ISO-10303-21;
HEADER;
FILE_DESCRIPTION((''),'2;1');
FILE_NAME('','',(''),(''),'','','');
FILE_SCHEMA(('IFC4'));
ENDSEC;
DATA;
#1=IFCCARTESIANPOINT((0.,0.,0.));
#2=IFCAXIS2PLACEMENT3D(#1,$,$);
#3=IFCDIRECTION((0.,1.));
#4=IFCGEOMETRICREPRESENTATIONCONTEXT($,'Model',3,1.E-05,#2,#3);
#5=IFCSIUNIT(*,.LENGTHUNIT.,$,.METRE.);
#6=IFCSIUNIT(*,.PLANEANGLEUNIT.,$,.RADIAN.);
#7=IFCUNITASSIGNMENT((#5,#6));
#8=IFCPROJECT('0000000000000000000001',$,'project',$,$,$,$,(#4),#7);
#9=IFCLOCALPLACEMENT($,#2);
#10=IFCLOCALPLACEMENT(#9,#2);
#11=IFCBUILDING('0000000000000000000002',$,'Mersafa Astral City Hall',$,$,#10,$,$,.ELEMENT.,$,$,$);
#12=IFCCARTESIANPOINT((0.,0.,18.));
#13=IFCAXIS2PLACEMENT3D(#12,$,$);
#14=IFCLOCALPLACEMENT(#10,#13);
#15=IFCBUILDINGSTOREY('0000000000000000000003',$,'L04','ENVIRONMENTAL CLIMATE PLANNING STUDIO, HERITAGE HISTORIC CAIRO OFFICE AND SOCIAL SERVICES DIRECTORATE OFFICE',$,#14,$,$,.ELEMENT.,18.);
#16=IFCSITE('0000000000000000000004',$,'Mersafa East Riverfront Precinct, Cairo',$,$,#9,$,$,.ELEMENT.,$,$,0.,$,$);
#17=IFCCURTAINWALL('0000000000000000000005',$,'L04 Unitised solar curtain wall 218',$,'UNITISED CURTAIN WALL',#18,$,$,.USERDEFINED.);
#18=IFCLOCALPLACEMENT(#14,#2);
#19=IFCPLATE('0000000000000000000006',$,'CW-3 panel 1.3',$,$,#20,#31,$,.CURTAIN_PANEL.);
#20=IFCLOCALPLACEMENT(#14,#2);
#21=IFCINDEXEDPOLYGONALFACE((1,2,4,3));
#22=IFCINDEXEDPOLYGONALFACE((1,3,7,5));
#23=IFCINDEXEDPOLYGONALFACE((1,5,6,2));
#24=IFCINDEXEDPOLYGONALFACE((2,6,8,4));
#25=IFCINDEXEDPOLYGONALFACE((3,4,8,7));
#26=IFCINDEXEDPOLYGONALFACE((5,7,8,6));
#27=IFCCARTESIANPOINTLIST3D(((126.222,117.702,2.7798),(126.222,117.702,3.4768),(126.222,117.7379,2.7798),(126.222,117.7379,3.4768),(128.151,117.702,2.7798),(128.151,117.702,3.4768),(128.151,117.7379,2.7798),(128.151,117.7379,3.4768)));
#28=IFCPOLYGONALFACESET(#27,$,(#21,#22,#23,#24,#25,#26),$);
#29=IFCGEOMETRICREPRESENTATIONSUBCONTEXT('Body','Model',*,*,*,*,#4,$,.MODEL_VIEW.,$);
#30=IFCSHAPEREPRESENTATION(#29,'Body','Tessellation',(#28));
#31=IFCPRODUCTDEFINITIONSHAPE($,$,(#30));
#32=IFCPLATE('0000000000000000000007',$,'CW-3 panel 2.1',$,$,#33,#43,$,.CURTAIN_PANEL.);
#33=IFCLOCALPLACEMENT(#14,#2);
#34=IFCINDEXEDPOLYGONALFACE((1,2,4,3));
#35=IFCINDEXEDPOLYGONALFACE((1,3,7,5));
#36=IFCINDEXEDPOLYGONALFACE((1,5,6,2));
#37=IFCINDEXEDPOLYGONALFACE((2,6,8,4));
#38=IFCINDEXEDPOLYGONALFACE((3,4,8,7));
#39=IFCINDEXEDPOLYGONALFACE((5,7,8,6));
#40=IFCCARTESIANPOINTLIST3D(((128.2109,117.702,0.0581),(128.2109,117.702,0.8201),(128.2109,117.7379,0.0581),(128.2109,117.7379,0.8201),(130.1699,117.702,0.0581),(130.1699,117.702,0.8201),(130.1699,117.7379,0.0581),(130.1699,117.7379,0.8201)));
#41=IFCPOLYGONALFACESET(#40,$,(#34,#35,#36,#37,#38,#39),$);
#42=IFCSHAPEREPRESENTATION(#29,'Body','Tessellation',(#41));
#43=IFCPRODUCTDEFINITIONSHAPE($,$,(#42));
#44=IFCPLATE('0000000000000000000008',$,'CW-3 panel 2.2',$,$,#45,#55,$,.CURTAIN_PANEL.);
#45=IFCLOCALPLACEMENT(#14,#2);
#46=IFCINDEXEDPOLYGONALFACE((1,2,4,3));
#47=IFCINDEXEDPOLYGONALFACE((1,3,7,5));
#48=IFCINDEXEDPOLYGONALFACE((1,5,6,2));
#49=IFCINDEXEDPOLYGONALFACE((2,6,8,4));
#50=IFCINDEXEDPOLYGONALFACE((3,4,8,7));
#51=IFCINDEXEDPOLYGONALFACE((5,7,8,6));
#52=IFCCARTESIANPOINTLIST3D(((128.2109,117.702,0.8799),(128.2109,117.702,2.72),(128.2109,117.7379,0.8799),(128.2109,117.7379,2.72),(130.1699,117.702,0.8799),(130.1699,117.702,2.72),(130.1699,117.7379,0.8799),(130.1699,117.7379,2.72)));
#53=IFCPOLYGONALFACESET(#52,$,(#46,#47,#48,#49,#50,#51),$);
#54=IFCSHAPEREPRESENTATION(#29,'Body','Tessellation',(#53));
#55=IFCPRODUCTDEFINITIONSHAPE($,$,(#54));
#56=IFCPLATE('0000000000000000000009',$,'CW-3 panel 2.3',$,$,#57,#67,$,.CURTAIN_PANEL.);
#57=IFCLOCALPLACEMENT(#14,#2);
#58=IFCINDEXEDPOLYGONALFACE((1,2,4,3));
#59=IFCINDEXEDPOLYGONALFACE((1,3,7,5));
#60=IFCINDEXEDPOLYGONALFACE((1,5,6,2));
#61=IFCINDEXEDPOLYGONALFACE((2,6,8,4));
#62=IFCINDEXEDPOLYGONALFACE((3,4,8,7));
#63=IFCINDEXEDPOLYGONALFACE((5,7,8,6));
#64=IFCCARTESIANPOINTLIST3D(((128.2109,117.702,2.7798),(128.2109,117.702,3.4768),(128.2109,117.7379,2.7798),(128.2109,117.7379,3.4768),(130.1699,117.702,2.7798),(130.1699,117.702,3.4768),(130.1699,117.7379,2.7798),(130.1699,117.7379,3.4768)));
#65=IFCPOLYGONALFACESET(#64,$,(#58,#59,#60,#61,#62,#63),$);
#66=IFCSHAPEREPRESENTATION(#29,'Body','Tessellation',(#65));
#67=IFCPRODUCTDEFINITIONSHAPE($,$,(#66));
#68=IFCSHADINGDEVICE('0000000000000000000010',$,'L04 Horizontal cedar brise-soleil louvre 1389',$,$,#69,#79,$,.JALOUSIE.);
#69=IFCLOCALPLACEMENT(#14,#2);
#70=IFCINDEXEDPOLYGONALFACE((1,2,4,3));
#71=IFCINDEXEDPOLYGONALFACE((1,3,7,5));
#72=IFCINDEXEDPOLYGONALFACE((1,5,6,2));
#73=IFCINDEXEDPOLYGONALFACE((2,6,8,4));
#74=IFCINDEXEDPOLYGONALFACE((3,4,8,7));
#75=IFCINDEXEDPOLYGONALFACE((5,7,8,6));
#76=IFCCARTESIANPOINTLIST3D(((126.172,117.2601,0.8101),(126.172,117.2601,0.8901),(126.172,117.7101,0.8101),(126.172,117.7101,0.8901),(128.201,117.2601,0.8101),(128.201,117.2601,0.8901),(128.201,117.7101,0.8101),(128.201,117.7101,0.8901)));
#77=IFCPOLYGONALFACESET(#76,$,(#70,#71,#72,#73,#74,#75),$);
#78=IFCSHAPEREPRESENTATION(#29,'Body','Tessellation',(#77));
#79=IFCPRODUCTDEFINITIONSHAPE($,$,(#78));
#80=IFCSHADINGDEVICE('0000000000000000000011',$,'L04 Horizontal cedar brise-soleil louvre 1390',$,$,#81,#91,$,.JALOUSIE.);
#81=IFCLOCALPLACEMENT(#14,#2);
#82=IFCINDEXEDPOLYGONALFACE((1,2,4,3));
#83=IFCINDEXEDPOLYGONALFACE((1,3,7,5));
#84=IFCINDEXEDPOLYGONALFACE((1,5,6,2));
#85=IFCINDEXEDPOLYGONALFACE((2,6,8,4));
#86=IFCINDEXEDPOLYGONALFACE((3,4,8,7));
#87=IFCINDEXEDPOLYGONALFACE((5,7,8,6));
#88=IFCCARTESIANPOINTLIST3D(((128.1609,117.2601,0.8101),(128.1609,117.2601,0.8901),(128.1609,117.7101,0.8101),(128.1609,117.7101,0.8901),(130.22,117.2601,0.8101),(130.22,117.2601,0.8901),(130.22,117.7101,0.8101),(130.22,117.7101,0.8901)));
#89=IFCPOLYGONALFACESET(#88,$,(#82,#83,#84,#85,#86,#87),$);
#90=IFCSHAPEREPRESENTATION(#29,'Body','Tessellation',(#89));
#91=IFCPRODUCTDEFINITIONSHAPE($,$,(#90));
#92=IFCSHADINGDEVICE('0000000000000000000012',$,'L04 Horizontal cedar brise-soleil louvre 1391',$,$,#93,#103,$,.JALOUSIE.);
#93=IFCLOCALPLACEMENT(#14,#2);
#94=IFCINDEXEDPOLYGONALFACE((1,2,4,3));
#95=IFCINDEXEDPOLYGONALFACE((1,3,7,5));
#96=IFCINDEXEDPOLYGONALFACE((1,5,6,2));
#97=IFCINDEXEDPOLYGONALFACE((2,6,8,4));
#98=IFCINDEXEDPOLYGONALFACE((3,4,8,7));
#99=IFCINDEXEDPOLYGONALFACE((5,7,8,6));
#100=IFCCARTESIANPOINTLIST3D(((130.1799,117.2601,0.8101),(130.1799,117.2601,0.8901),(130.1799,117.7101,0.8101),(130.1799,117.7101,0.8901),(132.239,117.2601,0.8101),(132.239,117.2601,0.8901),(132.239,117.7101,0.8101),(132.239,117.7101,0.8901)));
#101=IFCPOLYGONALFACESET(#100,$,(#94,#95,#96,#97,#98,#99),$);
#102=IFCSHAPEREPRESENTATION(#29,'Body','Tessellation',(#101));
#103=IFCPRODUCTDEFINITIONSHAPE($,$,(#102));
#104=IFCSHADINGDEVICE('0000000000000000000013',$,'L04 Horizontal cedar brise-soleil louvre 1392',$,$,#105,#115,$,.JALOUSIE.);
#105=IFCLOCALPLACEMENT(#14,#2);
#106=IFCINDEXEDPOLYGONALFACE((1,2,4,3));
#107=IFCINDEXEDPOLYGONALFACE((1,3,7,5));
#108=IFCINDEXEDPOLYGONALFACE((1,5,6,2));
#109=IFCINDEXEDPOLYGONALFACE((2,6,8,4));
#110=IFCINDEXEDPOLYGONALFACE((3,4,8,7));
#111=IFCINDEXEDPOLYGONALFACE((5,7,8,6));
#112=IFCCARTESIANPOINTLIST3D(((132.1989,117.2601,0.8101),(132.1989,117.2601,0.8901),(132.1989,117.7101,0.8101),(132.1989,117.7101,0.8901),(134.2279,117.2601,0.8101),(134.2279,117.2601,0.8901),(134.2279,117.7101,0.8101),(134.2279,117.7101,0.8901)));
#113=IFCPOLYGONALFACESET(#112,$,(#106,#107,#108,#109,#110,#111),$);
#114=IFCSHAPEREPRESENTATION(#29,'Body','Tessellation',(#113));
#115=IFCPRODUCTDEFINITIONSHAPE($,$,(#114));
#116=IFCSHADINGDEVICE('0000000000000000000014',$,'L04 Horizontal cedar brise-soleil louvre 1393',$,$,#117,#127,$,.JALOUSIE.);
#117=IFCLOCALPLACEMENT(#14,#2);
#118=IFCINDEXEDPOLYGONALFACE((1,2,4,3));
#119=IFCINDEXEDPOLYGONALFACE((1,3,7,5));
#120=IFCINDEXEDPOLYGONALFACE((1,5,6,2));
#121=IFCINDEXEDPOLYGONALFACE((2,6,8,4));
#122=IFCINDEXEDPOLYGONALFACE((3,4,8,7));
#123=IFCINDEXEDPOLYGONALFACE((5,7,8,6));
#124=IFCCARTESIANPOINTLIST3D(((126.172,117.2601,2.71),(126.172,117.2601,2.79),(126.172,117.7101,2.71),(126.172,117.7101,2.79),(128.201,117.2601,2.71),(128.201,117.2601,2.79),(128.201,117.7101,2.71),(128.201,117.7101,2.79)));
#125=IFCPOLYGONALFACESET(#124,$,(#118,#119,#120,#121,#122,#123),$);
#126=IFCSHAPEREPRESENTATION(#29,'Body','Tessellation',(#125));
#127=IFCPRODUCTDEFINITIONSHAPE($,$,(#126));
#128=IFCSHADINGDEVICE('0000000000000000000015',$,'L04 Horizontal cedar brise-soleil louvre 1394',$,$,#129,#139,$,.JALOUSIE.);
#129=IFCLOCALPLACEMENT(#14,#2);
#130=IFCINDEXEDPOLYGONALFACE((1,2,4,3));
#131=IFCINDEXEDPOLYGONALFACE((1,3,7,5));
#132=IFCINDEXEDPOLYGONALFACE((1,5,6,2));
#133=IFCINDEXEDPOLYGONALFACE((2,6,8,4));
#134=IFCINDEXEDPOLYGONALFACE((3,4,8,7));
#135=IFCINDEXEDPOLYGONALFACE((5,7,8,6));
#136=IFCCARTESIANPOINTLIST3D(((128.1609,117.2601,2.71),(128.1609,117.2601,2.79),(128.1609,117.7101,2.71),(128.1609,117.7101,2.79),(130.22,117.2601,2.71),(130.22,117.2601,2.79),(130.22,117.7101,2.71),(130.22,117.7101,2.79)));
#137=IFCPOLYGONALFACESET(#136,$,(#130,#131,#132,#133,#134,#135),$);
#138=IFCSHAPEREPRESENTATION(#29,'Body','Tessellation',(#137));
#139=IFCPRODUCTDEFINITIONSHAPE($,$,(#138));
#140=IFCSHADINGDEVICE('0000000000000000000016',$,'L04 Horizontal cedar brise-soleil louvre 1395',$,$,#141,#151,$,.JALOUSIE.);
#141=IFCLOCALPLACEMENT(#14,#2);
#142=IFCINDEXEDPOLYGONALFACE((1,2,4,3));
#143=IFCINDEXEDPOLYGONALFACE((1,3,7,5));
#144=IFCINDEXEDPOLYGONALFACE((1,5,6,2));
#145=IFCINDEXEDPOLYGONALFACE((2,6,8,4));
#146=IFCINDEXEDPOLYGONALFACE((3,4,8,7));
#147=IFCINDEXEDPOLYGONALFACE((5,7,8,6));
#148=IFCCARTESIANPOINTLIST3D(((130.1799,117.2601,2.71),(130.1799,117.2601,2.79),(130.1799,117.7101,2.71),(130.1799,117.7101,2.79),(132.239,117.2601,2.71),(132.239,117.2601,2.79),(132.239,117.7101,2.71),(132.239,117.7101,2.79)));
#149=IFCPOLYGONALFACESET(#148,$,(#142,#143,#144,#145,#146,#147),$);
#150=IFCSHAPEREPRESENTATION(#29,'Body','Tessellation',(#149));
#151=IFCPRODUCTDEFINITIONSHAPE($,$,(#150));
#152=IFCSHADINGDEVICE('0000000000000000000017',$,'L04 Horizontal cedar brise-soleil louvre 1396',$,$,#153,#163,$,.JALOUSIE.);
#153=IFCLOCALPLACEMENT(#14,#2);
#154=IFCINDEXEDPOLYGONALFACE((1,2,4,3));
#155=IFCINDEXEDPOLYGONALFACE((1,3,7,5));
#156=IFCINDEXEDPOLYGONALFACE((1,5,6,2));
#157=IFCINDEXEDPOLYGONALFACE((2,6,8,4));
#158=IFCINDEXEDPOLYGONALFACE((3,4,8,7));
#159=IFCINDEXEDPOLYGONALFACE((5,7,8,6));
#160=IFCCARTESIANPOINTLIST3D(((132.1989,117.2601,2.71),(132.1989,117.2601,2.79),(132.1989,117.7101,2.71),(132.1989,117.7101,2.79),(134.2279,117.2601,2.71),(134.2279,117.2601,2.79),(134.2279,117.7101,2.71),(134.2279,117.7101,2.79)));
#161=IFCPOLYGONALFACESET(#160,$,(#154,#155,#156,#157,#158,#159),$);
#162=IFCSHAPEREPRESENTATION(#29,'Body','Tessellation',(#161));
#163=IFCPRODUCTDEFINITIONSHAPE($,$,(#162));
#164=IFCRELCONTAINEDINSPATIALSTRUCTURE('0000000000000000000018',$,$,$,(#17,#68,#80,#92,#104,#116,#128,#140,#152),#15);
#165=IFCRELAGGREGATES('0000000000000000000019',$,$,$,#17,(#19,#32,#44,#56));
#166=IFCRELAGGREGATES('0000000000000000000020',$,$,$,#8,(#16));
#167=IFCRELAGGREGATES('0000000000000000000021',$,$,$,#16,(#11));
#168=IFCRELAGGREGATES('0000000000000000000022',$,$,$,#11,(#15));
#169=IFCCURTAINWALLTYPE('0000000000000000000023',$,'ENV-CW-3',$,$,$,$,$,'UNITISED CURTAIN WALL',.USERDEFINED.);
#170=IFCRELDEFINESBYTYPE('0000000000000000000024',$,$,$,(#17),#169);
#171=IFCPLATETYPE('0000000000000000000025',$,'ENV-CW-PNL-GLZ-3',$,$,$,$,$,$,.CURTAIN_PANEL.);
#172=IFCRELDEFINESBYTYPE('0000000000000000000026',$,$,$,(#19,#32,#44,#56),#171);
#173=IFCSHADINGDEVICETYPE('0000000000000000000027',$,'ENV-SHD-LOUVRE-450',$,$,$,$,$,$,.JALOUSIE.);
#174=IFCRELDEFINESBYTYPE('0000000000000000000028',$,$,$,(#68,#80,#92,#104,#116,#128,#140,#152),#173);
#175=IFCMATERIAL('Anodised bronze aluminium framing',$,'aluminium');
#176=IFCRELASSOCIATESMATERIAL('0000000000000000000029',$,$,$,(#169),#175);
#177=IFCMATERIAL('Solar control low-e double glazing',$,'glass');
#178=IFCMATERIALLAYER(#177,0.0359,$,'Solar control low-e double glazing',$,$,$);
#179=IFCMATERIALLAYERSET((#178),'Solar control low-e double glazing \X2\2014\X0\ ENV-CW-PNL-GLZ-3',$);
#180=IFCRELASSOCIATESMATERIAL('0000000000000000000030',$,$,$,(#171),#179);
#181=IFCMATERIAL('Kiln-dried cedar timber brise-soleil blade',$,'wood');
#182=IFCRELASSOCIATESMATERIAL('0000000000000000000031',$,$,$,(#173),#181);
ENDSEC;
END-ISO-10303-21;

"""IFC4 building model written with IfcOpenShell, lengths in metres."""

from ifc_helpers import new_model, si_unit, direction, frame, origin, origin_2d, place, context, subcontext, project, spatial, rectangle, extrude, material, layer, layer_set, type_object, element, aggregate, save


model = new_model("IFC4")

# Units and contexts
model_context = context("Model", 3, precision=1e-05, world=origin(), true_north=direction((0.0, 1.0)))
body_context = subcontext(model_context, "Body", "Model", "MODEL_VIEW")
ifc_project = project(units=[si_unit("LENGTHUNIT", "METRE"), si_unit("PLANEANGLEUNIT", "RADIAN")], contexts=[model_context])

# Site, building, storey
site_placement = place(None, origin())
site = spatial("IfcSite", under=ifc_project, at=site_placement, Name="Mersafa East Riverfront Precinct, Cairo", CompositionType="ELEMENT", RefElevation=0.0)
building_placement = place(site_placement, origin())
building = spatial("IfcBuilding", under=site, at=building_placement, Name="Mersafa Astral City Hall", CompositionType="ELEMENT")
storey_placement = place(building_placement, frame((0.0, 0.0, 18.0)))
storey = spatial("IfcBuildingStorey", under=building, at=storey_placement, Name="L04", Description="ENVIRONMENTAL CLIMATE PLANNING STUDIO, HERITAGE HISTORIC CAIRO OFFICE AND SOCIAL SERVICES DIRECTORATE OFFICE", CompositionType="ELEMENT", Elevation=18.0)

# Curtain wall
ifc_material_1 = material(Name="Anodised bronze aluminium framing", Category="aluminium")
curtain_wall_type = type_object("IfcCurtainWallType", Name="ENV-CW-3", ElementType="UNITISED CURTAIN WALL", PredefinedType="USERDEFINED", material=ifc_material_1)
curtain_wall_placement = place(storey_placement, origin())
curtain_wall = element("IfcCurtainWall", 1, at=curtain_wall_placement, inside=storey, type_object=curtain_wall_type, Name="L04 Unitised solar curtain wall 218", ObjectType="UNITISED CURTAIN WALL", PredefinedType="USERDEFINED")

# Plates
ifc_material_2 = material(Name="Solar control low-e double glazing", Category="glass")
ifc_layer = layer(ifc_material_2, 0.0359, Name="Solar control low-e double glazing")
ifc_layer_set = layer_set([ifc_layer], Name="Solar control low-e double glazing — ENV-CW-PNL-GLZ-3")
plate_type = type_object("IfcPlateType", Name="ENV-CW-PNL-GLZ-3", PredefinedType="CURTAIN_PANEL", material=ifc_layer_set)
plate_1_placement = place(storey_placement, frame((127.1865, 117.72, 2.7798), z_axis=(0.0, 0.0, 1.0), x_axis=(1.0, 0.0, 0.0)))
plate_1 = element("IfcPlate", 2, at=plate_1_placement, type_object=plate_type, Name="CW-3 panel 1.3", PredefinedType="CURTAIN_PANEL", context=body_context, shape_type="SweptSolid", body=[
    extrude(rectangle(XDim=1.929, YDim=0.0359, at=origin_2d()), origin(), (0.0, 0.0, 1.0), 0.697),
])
plate_2_placement = place(storey_placement, frame((129.1904, 117.72, 0.0581), z_axis=(0.0, 0.0, 1.0), x_axis=(1.0, 0.0, 0.0)))
plate_2 = element("IfcPlate", 3, at=plate_2_placement, type_object=plate_type, Name="CW-3 panel 2.1", PredefinedType="CURTAIN_PANEL", context=body_context, shape_type="SweptSolid", body=[
    extrude(rectangle(XDim=1.959, YDim=0.0359, at=origin_2d()), origin(), (0.0, 0.0, 1.0), 0.762),
])
plate_3_placement = place(storey_placement, frame((129.1904, 117.72, 0.8799), z_axis=(0.0, 0.0, 1.0), x_axis=(1.0, 0.0, 0.0)))
plate_3 = element("IfcPlate", 4, at=plate_3_placement, type_object=plate_type, Name="CW-3 panel 2.2", PredefinedType="CURTAIN_PANEL", context=body_context, shape_type="SweptSolid", body=[
    extrude(rectangle(XDim=1.959, YDim=0.0359, at=origin_2d()), origin(), (0.0, 0.0, 1.0), 1.8401),
])
plate_4_placement = place(storey_placement, frame((129.1904, 117.72, 2.7798), z_axis=(0.0, 0.0, 1.0), x_axis=(1.0, 0.0, 0.0)))
plate_4 = element("IfcPlate", 5, at=plate_4_placement, type_object=plate_type, Name="CW-3 panel 2.3", PredefinedType="CURTAIN_PANEL", context=body_context, shape_type="SweptSolid", body=[
    extrude(rectangle(XDim=1.959, YDim=0.0359, at=origin_2d()), origin(), (0.0, 0.0, 1.0), 0.697),
])
aggregate(curtain_wall, [plate_1, plate_2, plate_3, plate_4])

# Shading devices
ifc_material_3 = material(Name="Kiln-dried cedar timber brise-soleil blade", Category="wood")
shading_device_type = type_object("IfcShadingDeviceType", Name="ENV-SHD-LOUVRE-450", PredefinedType="JALOUSIE", material=ifc_material_3)
shading_device_1_placement = place(storey_placement, frame((127.1865, 117.4851, 0.8101), z_axis=(0.0, 0.0, 1.0), x_axis=(1.0, 0.0, 0.0)))
element("IfcShadingDevice", 6, at=shading_device_1_placement, inside=storey, type_object=shading_device_type, Name="L04 Horizontal cedar brise-soleil louvre 1389", PredefinedType="JALOUSIE", context=body_context, shape_type="SweptSolid", body=[
    extrude(rectangle(XDim=2.0291, YDim=0.45, at=origin_2d()), origin(), (0.0, 0.0, 1.0), 0.0801),
])
for number, where, z_axis, x_axis, name in (
    (7, (129.1904, 117.4851, 0.8101), (0.0, 0.0, 1.0), (1.0, 0.0, 0.0), "L04 Horizontal cedar brise-soleil louvre 1390"),
    (8, (131.2095, 117.4851, 0.8101), (0.0, 0.0, 1.0), (1.0, 0.0, 0.0), "L04 Horizontal cedar brise-soleil louvre 1391"),
):
    element("IfcShadingDevice", number, at=place(storey_placement, frame(where, z_axis=z_axis, x_axis=x_axis)), inside=storey, type_object=shading_device_type, Name=name, PredefinedType="JALOUSIE", context=body_context, shape_type="SweptSolid", body=[
        extrude(rectangle(XDim=2.0591, YDim=0.45, at=origin_2d()), origin(), (0.0, 0.0, 1.0), 0.0801),
    ])
for number, where, z_axis, x_axis, name in (
    (9, (133.2134, 117.4851, 0.8101), (0.0, 0.0, 1.0), (1.0, 0.0, 0.0), "L04 Horizontal cedar brise-soleil louvre 1392"),
    (10, (127.1865, 117.4851, 2.71), (0.0, 0.0, 1.0), (1.0, 0.0, 0.0), "L04 Horizontal cedar brise-soleil louvre 1393"),
):
    element("IfcShadingDevice", number, at=place(storey_placement, frame(where, z_axis=z_axis, x_axis=x_axis)), inside=storey, type_object=shading_device_type, Name=name, PredefinedType="JALOUSIE", context=body_context, shape_type="SweptSolid", body=[
        extrude(rectangle(XDim=2.0291, YDim=0.45, at=origin_2d()), origin(), (0.0, 0.0, 1.0), 0.0801),
    ])
for number, where, z_axis, x_axis, name in (
    (11, (129.1904, 117.4851, 2.71), (0.0, 0.0, 1.0), (1.0, 0.0, 0.0), "L04 Horizontal cedar brise-soleil louvre 1394"),
    (12, (131.2095, 117.4851, 2.71), (0.0, 0.0, 1.0), (1.0, 0.0, 0.0), "L04 Horizontal cedar brise-soleil louvre 1395"),
):
    element("IfcShadingDevice", number, at=place(storey_placement, frame(where, z_axis=z_axis, x_axis=x_axis)), inside=storey, type_object=shading_device_type, Name=name, PredefinedType="JALOUSIE", context=body_context, shape_type="SweptSolid", body=[
        extrude(rectangle(XDim=2.0591, YDim=0.45, at=origin_2d()), origin(), (0.0, 0.0, 1.0), 0.0801),
    ])
shading_device_2_placement = place(storey_placement, frame((133.2134, 117.4851, 2.71), z_axis=(0.0, 0.0, 1.0), x_axis=(1.0, 0.0, 0.0)))
element("IfcShadingDevice", 13, at=shading_device_2_placement, inside=storey, type_object=shading_device_type, Name="L04 Horizontal cedar brise-soleil louvre 1396", PredefinedType="JALOUSIE", context=body_context, shape_type="SweptSolid", body=[
    extrude(rectangle(XDim=2.0291, YDim=0.45, at=origin_2d()), origin(), (0.0, 0.0, 1.0), 0.0801),
])

save(model, "model.ifc")
